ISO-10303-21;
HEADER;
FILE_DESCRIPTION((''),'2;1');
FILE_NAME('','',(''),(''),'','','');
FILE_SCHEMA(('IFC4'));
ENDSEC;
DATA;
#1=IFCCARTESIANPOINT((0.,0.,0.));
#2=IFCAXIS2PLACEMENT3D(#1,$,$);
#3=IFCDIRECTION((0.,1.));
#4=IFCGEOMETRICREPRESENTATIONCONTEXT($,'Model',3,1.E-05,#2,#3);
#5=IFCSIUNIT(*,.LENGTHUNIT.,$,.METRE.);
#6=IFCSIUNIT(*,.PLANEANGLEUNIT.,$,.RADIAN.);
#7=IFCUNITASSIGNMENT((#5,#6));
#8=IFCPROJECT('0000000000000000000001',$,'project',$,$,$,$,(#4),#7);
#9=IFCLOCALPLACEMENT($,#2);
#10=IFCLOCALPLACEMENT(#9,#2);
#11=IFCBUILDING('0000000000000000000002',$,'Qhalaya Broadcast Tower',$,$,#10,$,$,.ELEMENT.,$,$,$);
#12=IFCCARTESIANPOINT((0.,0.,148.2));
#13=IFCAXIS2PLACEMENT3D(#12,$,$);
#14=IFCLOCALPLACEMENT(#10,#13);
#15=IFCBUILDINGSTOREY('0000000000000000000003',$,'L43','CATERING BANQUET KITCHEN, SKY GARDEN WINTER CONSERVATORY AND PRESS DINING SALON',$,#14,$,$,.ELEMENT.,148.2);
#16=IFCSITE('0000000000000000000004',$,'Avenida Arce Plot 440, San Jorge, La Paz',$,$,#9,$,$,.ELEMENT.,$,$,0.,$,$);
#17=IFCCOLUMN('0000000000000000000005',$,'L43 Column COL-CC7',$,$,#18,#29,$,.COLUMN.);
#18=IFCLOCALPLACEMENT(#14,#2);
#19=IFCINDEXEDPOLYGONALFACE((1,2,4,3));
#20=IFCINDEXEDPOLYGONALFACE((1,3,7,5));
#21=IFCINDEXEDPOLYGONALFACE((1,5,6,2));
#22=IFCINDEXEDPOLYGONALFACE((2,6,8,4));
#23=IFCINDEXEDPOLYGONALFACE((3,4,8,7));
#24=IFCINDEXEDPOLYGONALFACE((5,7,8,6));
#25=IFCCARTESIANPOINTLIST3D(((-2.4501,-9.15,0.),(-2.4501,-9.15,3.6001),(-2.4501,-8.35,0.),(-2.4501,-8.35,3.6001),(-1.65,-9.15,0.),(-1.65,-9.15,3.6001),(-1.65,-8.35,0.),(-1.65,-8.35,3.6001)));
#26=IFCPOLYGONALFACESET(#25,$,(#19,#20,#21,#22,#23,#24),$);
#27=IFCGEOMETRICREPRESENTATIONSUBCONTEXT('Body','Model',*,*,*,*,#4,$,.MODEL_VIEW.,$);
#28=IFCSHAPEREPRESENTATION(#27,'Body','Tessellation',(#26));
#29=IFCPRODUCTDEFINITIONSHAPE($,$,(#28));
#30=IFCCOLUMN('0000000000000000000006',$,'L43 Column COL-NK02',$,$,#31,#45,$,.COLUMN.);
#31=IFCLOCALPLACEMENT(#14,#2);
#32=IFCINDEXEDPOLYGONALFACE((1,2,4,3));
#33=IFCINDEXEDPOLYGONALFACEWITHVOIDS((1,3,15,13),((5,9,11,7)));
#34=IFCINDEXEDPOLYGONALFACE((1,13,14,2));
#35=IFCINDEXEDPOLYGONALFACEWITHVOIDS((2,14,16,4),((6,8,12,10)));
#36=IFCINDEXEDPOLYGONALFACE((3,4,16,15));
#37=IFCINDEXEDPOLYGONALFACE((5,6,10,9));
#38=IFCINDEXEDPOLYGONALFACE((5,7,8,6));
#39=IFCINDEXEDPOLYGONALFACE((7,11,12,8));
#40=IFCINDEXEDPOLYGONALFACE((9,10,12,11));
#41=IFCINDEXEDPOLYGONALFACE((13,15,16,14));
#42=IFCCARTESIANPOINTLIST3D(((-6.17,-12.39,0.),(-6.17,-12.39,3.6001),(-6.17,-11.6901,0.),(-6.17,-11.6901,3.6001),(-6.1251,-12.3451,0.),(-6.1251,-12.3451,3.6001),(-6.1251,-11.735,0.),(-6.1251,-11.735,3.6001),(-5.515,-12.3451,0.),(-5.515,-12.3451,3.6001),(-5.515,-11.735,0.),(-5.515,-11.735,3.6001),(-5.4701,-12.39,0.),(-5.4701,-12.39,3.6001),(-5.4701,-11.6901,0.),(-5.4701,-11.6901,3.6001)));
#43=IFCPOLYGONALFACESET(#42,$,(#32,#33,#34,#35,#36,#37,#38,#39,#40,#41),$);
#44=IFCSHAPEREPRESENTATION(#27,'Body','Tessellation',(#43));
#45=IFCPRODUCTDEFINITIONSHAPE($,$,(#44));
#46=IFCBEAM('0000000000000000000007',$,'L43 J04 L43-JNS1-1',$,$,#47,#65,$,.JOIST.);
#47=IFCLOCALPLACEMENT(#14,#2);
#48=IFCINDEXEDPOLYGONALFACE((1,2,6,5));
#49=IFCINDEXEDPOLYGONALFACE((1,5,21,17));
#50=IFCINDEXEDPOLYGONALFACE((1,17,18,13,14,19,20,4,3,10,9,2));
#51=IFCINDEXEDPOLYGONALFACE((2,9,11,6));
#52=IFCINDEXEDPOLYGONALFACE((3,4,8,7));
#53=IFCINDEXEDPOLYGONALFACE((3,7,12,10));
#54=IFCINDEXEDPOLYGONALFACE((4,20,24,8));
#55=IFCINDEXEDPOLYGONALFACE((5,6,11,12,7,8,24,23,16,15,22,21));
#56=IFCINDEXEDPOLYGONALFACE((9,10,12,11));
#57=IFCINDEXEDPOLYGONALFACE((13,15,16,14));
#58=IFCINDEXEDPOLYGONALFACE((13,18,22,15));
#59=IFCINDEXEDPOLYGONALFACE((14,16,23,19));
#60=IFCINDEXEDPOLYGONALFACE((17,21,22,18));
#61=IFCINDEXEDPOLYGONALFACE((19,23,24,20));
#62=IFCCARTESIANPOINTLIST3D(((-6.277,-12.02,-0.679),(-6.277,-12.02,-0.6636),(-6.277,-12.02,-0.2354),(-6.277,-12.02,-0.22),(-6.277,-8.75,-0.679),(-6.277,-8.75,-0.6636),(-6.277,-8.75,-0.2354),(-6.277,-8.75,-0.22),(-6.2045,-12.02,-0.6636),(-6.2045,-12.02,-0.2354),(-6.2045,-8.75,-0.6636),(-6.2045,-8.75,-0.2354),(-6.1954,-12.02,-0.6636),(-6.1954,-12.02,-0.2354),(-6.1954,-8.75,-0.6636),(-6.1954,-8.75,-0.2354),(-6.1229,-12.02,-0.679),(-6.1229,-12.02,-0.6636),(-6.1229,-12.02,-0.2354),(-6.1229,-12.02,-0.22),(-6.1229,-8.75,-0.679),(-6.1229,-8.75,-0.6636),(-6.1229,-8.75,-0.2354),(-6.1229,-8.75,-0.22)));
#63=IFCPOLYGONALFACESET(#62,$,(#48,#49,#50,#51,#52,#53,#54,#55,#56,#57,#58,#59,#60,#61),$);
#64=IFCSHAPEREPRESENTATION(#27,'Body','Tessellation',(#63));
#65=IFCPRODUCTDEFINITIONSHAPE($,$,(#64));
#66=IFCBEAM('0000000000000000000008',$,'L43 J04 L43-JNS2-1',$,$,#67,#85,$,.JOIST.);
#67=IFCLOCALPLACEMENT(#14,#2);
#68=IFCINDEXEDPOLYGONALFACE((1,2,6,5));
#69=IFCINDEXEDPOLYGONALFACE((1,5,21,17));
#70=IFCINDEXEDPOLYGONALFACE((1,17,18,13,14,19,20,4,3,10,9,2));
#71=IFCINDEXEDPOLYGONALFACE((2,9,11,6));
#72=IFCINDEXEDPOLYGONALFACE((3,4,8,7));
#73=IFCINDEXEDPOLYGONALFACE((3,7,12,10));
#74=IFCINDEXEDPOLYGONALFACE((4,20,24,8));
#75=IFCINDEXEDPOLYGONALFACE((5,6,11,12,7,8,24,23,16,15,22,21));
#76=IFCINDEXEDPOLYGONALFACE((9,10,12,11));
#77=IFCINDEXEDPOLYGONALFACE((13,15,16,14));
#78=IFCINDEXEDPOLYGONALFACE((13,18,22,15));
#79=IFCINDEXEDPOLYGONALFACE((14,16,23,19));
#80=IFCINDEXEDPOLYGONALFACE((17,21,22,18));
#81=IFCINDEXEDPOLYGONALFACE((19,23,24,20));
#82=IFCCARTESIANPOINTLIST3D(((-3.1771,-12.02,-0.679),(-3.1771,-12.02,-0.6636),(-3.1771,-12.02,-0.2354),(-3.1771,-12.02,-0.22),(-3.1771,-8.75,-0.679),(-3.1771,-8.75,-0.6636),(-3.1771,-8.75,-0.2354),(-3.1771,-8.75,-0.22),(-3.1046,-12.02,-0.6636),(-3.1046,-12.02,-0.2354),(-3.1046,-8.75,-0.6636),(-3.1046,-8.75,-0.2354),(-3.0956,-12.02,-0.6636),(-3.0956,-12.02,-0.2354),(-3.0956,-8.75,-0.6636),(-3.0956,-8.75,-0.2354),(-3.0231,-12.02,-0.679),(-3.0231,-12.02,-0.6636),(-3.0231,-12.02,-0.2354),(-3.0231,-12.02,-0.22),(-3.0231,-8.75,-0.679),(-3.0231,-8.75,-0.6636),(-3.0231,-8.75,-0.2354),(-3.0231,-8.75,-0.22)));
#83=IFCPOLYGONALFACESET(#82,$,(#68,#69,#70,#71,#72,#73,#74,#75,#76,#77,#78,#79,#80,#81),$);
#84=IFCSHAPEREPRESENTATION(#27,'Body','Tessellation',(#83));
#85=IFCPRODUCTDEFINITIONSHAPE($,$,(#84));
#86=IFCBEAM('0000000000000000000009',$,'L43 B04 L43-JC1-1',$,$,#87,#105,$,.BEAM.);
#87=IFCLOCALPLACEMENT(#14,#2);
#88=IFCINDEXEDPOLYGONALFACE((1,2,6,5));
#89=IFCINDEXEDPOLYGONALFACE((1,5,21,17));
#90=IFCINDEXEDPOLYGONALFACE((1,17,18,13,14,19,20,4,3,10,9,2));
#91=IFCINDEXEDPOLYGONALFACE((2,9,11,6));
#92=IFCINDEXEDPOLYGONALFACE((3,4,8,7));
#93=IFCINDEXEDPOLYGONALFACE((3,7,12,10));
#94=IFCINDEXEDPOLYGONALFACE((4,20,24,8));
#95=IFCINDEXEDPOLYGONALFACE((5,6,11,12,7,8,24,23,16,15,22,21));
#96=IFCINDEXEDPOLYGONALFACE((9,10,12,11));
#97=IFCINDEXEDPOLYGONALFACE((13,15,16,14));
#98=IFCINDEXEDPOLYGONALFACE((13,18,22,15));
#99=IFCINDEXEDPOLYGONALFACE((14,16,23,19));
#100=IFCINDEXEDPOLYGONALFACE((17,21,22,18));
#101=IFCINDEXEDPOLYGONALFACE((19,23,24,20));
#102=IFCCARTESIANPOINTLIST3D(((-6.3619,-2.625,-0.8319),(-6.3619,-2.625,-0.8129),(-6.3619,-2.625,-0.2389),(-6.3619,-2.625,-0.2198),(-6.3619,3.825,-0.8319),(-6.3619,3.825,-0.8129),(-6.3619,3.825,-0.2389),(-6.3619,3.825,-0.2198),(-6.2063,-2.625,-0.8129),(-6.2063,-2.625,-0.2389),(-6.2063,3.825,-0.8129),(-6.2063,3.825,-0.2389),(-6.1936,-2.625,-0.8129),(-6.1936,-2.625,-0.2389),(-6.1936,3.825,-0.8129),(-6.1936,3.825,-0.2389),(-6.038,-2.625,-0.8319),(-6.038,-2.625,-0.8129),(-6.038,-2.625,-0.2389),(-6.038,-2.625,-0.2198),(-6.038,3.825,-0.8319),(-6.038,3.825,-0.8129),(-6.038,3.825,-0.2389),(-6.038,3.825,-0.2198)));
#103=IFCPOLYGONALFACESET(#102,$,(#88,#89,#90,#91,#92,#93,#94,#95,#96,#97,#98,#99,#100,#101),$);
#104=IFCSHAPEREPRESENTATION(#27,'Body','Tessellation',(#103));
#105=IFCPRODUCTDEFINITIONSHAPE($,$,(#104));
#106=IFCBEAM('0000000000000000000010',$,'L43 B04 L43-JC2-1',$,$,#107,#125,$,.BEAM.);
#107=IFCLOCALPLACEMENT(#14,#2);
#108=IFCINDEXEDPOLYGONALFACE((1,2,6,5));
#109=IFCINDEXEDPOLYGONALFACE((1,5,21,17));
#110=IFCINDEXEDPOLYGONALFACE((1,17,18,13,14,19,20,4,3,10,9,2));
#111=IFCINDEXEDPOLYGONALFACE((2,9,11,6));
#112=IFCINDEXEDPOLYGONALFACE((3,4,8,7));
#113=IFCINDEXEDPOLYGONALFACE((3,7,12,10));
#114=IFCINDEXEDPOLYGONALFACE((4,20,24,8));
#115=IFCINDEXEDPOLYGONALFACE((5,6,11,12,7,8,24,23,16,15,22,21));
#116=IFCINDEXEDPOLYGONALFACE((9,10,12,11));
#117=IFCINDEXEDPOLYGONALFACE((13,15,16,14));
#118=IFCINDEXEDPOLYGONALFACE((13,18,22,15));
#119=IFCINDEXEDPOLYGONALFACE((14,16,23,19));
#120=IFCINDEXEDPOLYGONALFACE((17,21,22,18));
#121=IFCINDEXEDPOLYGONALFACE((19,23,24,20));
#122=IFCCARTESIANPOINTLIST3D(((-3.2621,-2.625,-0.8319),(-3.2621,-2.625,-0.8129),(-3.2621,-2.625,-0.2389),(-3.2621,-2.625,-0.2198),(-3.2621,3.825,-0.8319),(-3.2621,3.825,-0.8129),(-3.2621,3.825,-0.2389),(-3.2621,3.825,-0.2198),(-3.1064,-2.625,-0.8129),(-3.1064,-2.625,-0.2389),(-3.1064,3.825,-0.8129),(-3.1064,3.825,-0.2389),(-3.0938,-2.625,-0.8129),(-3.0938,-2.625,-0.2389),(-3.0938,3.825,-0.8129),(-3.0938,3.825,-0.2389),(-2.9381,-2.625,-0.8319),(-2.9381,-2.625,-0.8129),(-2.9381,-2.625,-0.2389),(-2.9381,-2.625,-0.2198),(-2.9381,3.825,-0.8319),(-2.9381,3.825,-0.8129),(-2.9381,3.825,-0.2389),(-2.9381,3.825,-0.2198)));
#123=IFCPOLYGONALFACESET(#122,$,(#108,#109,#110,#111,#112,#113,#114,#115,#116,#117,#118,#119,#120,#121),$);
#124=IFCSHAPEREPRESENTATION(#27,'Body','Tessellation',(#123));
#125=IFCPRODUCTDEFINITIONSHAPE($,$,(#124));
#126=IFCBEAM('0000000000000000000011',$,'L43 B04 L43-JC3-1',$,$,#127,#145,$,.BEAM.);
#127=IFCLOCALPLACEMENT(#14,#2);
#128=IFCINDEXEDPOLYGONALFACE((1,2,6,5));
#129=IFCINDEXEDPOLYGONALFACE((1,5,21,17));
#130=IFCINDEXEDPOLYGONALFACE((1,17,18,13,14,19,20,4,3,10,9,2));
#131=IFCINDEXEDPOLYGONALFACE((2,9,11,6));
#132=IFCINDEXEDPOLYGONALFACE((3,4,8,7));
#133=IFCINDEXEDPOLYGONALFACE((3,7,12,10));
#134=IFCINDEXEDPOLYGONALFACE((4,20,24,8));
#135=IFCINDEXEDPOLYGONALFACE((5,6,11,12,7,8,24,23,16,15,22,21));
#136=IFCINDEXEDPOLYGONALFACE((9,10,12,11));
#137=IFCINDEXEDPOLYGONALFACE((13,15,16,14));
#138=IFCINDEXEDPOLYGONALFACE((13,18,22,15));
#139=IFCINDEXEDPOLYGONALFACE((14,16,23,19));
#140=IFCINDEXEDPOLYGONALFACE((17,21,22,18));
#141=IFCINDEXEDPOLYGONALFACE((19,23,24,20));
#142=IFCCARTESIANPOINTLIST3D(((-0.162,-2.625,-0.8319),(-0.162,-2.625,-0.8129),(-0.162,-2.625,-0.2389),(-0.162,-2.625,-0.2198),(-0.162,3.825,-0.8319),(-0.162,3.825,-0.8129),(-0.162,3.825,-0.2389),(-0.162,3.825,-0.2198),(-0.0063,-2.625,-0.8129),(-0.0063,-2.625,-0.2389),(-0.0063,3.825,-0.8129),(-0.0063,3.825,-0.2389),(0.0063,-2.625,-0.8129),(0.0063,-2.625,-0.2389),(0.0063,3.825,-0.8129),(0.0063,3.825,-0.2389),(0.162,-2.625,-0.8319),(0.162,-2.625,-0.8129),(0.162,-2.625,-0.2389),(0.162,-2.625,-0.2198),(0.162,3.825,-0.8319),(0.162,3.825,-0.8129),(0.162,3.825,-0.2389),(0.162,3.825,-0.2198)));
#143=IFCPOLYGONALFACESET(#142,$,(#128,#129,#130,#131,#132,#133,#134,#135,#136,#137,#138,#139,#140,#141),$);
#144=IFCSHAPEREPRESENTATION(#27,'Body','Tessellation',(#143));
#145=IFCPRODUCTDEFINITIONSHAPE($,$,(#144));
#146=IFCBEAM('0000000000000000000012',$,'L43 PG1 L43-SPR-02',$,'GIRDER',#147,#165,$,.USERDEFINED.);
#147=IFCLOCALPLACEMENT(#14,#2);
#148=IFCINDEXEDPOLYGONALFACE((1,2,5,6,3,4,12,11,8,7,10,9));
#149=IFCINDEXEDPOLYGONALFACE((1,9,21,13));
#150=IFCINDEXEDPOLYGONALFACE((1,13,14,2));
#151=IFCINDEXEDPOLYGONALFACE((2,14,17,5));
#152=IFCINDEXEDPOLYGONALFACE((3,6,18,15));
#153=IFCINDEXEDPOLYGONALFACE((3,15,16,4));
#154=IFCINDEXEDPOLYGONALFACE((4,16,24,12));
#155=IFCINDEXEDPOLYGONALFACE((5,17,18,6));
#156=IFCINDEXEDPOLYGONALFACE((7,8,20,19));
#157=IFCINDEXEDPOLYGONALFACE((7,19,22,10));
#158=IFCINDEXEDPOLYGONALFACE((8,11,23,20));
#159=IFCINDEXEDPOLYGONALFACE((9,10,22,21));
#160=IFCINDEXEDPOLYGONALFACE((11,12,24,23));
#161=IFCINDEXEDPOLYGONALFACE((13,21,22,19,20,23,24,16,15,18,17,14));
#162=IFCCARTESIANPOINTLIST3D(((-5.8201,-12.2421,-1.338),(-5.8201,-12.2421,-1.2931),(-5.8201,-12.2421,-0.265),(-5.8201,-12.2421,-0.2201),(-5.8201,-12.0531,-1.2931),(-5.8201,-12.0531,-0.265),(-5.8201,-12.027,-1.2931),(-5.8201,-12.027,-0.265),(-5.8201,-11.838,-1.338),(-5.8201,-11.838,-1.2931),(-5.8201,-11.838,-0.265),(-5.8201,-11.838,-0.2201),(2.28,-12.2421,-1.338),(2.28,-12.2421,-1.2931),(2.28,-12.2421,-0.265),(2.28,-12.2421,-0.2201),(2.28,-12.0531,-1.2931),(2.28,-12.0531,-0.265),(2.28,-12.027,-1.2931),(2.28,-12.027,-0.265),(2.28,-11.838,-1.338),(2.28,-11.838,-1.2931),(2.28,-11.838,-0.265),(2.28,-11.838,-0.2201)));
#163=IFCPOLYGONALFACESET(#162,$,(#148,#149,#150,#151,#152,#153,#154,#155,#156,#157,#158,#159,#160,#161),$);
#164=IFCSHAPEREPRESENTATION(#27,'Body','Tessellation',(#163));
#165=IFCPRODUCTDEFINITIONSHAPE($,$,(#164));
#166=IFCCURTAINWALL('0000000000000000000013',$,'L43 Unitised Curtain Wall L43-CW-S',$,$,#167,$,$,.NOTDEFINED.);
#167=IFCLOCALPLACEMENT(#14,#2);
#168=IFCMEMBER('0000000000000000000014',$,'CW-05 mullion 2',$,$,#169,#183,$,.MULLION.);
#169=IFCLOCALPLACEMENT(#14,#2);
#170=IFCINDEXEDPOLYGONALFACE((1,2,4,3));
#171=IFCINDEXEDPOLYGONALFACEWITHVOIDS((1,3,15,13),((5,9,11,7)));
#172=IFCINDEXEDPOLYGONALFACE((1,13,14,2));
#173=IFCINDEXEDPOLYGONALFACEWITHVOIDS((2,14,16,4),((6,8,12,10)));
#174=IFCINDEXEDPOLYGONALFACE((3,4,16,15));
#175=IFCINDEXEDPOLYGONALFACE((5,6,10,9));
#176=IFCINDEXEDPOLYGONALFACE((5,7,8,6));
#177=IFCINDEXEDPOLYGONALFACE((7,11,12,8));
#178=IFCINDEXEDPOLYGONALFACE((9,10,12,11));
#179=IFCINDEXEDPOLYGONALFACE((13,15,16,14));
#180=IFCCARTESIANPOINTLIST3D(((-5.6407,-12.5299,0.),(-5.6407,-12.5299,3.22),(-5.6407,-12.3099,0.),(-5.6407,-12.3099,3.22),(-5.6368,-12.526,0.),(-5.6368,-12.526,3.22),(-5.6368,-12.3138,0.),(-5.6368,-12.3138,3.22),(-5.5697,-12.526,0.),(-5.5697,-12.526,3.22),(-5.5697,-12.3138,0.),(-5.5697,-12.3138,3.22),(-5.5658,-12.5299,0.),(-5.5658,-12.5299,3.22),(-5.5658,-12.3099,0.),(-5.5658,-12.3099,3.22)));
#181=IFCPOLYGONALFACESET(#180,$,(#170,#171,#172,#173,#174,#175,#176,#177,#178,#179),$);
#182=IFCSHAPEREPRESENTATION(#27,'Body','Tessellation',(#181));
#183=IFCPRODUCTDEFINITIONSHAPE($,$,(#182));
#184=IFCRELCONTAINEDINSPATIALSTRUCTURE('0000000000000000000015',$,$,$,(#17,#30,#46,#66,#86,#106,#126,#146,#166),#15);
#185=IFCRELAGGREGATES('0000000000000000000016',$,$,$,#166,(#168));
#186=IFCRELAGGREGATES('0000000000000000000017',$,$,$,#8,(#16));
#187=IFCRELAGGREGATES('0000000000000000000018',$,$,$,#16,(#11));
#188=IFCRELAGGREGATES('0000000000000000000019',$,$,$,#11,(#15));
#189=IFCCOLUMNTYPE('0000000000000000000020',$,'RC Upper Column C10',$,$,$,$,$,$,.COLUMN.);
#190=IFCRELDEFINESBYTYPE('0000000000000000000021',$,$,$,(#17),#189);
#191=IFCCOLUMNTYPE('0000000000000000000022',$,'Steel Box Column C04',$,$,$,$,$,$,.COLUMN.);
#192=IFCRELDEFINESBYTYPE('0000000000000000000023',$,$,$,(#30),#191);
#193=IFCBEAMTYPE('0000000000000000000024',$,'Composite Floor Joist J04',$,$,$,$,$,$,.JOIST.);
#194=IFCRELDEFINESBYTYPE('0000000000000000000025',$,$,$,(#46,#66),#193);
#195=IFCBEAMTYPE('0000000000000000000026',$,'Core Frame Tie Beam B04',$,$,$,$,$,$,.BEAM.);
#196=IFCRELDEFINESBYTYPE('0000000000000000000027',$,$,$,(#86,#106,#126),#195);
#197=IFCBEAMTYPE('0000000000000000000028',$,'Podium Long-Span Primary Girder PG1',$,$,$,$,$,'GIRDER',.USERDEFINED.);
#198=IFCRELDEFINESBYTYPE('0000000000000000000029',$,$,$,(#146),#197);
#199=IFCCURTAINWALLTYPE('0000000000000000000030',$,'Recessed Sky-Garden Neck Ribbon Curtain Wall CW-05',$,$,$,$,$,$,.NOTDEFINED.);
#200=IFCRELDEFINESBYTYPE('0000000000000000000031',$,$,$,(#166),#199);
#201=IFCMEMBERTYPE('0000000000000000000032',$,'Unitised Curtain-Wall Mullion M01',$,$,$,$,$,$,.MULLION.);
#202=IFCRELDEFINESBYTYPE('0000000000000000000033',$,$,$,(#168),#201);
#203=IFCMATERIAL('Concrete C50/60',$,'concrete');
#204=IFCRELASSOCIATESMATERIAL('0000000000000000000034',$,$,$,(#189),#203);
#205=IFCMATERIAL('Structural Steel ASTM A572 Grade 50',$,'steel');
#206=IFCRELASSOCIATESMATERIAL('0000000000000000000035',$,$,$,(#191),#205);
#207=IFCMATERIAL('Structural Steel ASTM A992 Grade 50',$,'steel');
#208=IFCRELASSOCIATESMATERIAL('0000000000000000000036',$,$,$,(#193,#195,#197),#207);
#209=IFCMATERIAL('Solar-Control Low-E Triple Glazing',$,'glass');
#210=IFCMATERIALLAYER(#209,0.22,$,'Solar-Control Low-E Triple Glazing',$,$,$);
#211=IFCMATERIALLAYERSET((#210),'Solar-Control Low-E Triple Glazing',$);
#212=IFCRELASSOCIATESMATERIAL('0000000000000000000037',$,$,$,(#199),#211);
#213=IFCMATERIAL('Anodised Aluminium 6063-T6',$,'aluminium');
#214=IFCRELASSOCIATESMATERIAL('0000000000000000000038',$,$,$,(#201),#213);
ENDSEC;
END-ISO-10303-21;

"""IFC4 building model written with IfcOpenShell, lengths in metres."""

from ifc_helpers import new_model, si_unit, direction, frame, origin, origin_2d, place, context, subcontext, project, spatial, rectangle, hollow_rectangle, i_section, extrude, material, layer, layer_set, material_profile, profile_set, type_object, element, aggregate, save


model = new_model("IFC4")

# Units and contexts
model_context = context("Model", 3, precision=1e-05, world=origin(), true_north=direction((0.0, 1.0)))
body_context = subcontext(model_context, "Body", "Model", "MODEL_VIEW")
ifc_project = project(units=[si_unit("LENGTHUNIT", "METRE"), si_unit("PLANEANGLEUNIT", "RADIAN")], contexts=[model_context])

# Site, building, storey
site_placement = place(None, origin())
site = spatial("IfcSite", under=ifc_project, at=site_placement, Name="Avenida Arce Plot 440, San Jorge, La Paz", CompositionType="ELEMENT", RefElevation=0.0)
building_placement = place(site_placement, origin())
building = spatial("IfcBuilding", under=site, at=building_placement, Name="Qhalaya Broadcast Tower", CompositionType="ELEMENT")
storey_placement = place(building_placement, frame((0.0, 0.0, 148.2)))
storey = spatial("IfcBuildingStorey", under=building, at=storey_placement, Name="L43", Description="CATERING BANQUET KITCHEN, SKY GARDEN WINTER CONSERVATORY AND PRESS DINING SALON", CompositionType="ELEMENT", Elevation=148.2)

# Columns
ifc_material_1 = material(Name="Concrete C50/60", Category="concrete")
ifc_material_profile_1 = material_profile(ifc_material_1, rectangle(XDim=0.8, YDim=0.8, at=origin_2d()), Name="RC-COL 800x800")
ifc_profile_set_1 = profile_set([ifc_material_profile_1], Name="Concrete C50/60")
column_type_1 = type_object("IfcColumnType", Name="RC Upper Column C10", PredefinedType="COLUMN", material=ifc_profile_set_1)
column_1_placement = place(storey_placement, frame((-2.05, -8.75, 0.0), z_axis=(0.0, 0.0, 1.0), x_axis=(1.0, 0.0, 0.0)))
element("IfcColumn", 1, at=column_1_placement, inside=storey, type_object=column_type_1, Name="L43 Column COL-CC7", PredefinedType="COLUMN", context=body_context, shape_type="SweptSolid", body=[
    extrude(rectangle(XDim=0.8, YDim=0.8, at=origin_2d()), origin(), (0.0, 0.0, 1.0), 3.6001),
])
ifc_material_2 = material(Name="Structural Steel ASTM A572 Grade 50", Category="steel")
ifc_material_profile_2 = material_profile(ifc_material_2, hollow_rectangle(XDim=0.7, YDim=0.7, WallThickness=0.0449, at=origin_2d()), Name="BOX 700x700x45")
ifc_profile_set_2 = profile_set([ifc_material_profile_2], Name="Structural Steel ASTM A572 Grade 50")
column_type_2 = type_object("IfcColumnType", Name="Steel Box Column C04", PredefinedType="COLUMN", material=ifc_profile_set_2)
column_2_placement = place(storey_placement, frame((-5.8201, -12.04, 0.0), z_axis=(0.0, 0.0, 1.0), x_axis=(1.0, 0.0, 0.0)))
element("IfcColumn", 2, at=column_2_placement, inside=storey, type_object=column_type_2, Name="L43 Column COL-NK02", PredefinedType="COLUMN", context=body_context, shape_type="SweptSolid", body=[
    extrude(hollow_rectangle(XDim=0.7, YDim=0.7, WallThickness=0.0449, at=origin_2d()), origin(), (0.0, 0.0, 1.0), 3.6001),
])

# Beams
ifc_material_3 = material(Name="Structural Steel ASTM A992 Grade 50", Category="steel")
ifc_material_profile_3 = material_profile(ifc_material_3, i_section(OverallWidth=0.1541, OverallDepth=0.459, WebThickness=0.009, FlangeThickness=0.0154, at=origin_2d()), Name="W18X46")
ifc_profile_set_3 = profile_set([ifc_material_profile_3], Name="Structural Steel ASTM A992 Grade 50")
beam_type_1 = type_object("IfcBeamType", Name="Composite Floor Joist J04", PredefinedType="JOIST", material=ifc_profile_set_3)
for number, where, z_axis, x_axis, name in (
    (3, (-6.2, -12.02, -0.4495), (0.0, 1.0, 0.0), (-1.0, 0.0, 0.0), "L43 J04 L43-JNS1-1"),
    (4, (-3.1001, -12.02, -0.4495), (0.0, 1.0, 0.0), (-1.0, 0.0, 0.0), "L43 J04 L43-JNS2-1"),
):
    element("IfcBeam", number, at=place(storey_placement, frame(where, z_axis=z_axis, x_axis=x_axis)), inside=storey, type_object=beam_type_1, Name=name, PredefinedType="JOIST", context=body_context, shape_type="SweptSolid", body=[
        extrude(i_section(OverallWidth=0.1541, OverallDepth=0.459, WebThickness=0.009, FlangeThickness=0.0154, at=origin_2d()), origin(), (0.0, 0.0, 1.0), 3.27),
    ])
ifc_material_profile_4 = material_profile(ifc_material_3, i_section(OverallWidth=0.324, OverallDepth=0.6121, WebThickness=0.0127, FlangeThickness=0.019, at=origin_2d()), Name="W24X104")
ifc_profile_set_4 = profile_set([ifc_material_profile_4], Name="Structural Steel ASTM A992 Grade 50")
beam_type_2 = type_object("IfcBeamType", Name="Core Frame Tie Beam B04", PredefinedType="BEAM", material=ifc_profile_set_4)
for number, where, z_axis, x_axis, name in (
    (5, (-6.2, -2.625, -0.5259), (0.0, 1.0, 0.0), (-1.0, 0.0, 0.0), "L43 B04 L43-JC1-1"),
    (6, (-3.1001, -2.625, -0.5259), (0.0, 1.0, 0.0), (-1.0, 0.0, 0.0), "L43 B04 L43-JC2-1"),
    (7, (0.0, -2.625, -0.5259), (0.0, 1.0, 0.0), (-1.0, 0.0, 0.0), "L43 B04 L43-JC3-1"),
):
    element("IfcBeam", number, at=place(storey_placement, frame(where, z_axis=z_axis, x_axis=x_axis)), inside=storey, type_object=beam_type_2, Name=name, PredefinedType="BEAM", context=body_context, shape_type="SweptSolid", body=[
        extrude(i_section(OverallWidth=0.324, OverallDepth=0.6121, WebThickness=0.0127, FlangeThickness=0.019, at=origin_2d()), origin(), (0.0, 0.0, 1.0), 6.45),
    ])
ifc_material_profile_5 = material_profile(ifc_material_3, i_section(OverallWidth=0.4041, OverallDepth=1.1179, WebThickness=0.0261, FlangeThickness=0.0449, at=origin_2d()), Name="W44X335")
ifc_profile_set_5 = profile_set([ifc_material_profile_5], Name="Structural Steel ASTM A992 Grade 50")
beam_type_3 = type_object("IfcBeamType", Name="Podium Long-Span Primary Girder PG1", ElementType="GIRDER", PredefinedType="USERDEFINED", material=ifc_profile_set_5)
beam_placement = place(storey_placement, frame((-5.8201, -12.04, -0.7791), z_axis=(1.0, 0.0, 0.0), x_axis=(0.0, 1.0, 0.0)))
element("IfcBeam", 8, at=beam_placement, inside=storey, type_object=beam_type_3, Name="L43 PG1 L43-SPR-02", ObjectType="GIRDER", PredefinedType="USERDEFINED", context=body_context, shape_type="SweptSolid", body=[
    extrude(i_section(OverallWidth=0.4041, OverallDepth=1.1179, WebThickness=0.0261, FlangeThickness=0.0449, at=origin_2d()), origin(), (0.0, 0.0, 1.0), 8.1001),
])

# Curtain wall, member
ifc_material_4 = material(Name="Solar-Control Low-E Triple Glazing", Category="glass")
ifc_layer_1 = layer(ifc_material_4, 0.22, Name="Solar-Control Low-E Triple Glazing")
ifc_layer_set_1 = layer_set([ifc_layer_1], Name="Solar-Control Low-E Triple Glazing")
curtain_wall_type = type_object("IfcCurtainWallType", Name="Recessed Sky-Garden Neck Ribbon Curtain Wall CW-05", PredefinedType="NOTDEFINED", material=ifc_layer_set_1)
curtain_wall_placement = place(storey_placement, origin())
curtain_wall = element("IfcCurtainWall", 9, at=curtain_wall_placement, inside=storey, type_object=curtain_wall_type, Name="L43 Unitised Curtain Wall L43-CW-S", PredefinedType="NOTDEFINED")
ifc_material_5 = material(Name="Anodised Aluminium 6063-T6", Category="aluminium")
ifc_material_profile_6 = material_profile(ifc_material_5, hollow_rectangle(XDim=0.075, YDim=0.22, WallThickness=0.0039, at=origin_2d()), Name="ALU-MUL 75x220x4")
ifc_profile_set_6 = profile_set([ifc_material_profile_6], Name="Anodised Aluminium 6063-T6")
member_type_1 = type_object("IfcMemberType", Name="Unitised Curtain-Wall Mullion M01", PredefinedType="MULLION", material=ifc_profile_set_6)
member_1_placement = place(storey_placement, frame((-5.6033, -12.4199, 0.0), z_axis=(0.0, 0.0, 1.0), x_axis=(1.0, 0.0, 0.0)))
member_1 = element("IfcMember", 10, at=member_1_placement, type_object=member_type_1, Name="CW-05 mullion 2", PredefinedType="MULLION", context=body_context, shape_type="SweptSolid", body=[
    extrude(hollow_rectangle(XDim=0.075, YDim=0.22, WallThickness=0.0039, at=origin_2d()), origin(), (0.0, 0.0, 1.0), 3.22),
])

aggregate(curtain_wall, [member_1])

save(model, "model.ifc")
